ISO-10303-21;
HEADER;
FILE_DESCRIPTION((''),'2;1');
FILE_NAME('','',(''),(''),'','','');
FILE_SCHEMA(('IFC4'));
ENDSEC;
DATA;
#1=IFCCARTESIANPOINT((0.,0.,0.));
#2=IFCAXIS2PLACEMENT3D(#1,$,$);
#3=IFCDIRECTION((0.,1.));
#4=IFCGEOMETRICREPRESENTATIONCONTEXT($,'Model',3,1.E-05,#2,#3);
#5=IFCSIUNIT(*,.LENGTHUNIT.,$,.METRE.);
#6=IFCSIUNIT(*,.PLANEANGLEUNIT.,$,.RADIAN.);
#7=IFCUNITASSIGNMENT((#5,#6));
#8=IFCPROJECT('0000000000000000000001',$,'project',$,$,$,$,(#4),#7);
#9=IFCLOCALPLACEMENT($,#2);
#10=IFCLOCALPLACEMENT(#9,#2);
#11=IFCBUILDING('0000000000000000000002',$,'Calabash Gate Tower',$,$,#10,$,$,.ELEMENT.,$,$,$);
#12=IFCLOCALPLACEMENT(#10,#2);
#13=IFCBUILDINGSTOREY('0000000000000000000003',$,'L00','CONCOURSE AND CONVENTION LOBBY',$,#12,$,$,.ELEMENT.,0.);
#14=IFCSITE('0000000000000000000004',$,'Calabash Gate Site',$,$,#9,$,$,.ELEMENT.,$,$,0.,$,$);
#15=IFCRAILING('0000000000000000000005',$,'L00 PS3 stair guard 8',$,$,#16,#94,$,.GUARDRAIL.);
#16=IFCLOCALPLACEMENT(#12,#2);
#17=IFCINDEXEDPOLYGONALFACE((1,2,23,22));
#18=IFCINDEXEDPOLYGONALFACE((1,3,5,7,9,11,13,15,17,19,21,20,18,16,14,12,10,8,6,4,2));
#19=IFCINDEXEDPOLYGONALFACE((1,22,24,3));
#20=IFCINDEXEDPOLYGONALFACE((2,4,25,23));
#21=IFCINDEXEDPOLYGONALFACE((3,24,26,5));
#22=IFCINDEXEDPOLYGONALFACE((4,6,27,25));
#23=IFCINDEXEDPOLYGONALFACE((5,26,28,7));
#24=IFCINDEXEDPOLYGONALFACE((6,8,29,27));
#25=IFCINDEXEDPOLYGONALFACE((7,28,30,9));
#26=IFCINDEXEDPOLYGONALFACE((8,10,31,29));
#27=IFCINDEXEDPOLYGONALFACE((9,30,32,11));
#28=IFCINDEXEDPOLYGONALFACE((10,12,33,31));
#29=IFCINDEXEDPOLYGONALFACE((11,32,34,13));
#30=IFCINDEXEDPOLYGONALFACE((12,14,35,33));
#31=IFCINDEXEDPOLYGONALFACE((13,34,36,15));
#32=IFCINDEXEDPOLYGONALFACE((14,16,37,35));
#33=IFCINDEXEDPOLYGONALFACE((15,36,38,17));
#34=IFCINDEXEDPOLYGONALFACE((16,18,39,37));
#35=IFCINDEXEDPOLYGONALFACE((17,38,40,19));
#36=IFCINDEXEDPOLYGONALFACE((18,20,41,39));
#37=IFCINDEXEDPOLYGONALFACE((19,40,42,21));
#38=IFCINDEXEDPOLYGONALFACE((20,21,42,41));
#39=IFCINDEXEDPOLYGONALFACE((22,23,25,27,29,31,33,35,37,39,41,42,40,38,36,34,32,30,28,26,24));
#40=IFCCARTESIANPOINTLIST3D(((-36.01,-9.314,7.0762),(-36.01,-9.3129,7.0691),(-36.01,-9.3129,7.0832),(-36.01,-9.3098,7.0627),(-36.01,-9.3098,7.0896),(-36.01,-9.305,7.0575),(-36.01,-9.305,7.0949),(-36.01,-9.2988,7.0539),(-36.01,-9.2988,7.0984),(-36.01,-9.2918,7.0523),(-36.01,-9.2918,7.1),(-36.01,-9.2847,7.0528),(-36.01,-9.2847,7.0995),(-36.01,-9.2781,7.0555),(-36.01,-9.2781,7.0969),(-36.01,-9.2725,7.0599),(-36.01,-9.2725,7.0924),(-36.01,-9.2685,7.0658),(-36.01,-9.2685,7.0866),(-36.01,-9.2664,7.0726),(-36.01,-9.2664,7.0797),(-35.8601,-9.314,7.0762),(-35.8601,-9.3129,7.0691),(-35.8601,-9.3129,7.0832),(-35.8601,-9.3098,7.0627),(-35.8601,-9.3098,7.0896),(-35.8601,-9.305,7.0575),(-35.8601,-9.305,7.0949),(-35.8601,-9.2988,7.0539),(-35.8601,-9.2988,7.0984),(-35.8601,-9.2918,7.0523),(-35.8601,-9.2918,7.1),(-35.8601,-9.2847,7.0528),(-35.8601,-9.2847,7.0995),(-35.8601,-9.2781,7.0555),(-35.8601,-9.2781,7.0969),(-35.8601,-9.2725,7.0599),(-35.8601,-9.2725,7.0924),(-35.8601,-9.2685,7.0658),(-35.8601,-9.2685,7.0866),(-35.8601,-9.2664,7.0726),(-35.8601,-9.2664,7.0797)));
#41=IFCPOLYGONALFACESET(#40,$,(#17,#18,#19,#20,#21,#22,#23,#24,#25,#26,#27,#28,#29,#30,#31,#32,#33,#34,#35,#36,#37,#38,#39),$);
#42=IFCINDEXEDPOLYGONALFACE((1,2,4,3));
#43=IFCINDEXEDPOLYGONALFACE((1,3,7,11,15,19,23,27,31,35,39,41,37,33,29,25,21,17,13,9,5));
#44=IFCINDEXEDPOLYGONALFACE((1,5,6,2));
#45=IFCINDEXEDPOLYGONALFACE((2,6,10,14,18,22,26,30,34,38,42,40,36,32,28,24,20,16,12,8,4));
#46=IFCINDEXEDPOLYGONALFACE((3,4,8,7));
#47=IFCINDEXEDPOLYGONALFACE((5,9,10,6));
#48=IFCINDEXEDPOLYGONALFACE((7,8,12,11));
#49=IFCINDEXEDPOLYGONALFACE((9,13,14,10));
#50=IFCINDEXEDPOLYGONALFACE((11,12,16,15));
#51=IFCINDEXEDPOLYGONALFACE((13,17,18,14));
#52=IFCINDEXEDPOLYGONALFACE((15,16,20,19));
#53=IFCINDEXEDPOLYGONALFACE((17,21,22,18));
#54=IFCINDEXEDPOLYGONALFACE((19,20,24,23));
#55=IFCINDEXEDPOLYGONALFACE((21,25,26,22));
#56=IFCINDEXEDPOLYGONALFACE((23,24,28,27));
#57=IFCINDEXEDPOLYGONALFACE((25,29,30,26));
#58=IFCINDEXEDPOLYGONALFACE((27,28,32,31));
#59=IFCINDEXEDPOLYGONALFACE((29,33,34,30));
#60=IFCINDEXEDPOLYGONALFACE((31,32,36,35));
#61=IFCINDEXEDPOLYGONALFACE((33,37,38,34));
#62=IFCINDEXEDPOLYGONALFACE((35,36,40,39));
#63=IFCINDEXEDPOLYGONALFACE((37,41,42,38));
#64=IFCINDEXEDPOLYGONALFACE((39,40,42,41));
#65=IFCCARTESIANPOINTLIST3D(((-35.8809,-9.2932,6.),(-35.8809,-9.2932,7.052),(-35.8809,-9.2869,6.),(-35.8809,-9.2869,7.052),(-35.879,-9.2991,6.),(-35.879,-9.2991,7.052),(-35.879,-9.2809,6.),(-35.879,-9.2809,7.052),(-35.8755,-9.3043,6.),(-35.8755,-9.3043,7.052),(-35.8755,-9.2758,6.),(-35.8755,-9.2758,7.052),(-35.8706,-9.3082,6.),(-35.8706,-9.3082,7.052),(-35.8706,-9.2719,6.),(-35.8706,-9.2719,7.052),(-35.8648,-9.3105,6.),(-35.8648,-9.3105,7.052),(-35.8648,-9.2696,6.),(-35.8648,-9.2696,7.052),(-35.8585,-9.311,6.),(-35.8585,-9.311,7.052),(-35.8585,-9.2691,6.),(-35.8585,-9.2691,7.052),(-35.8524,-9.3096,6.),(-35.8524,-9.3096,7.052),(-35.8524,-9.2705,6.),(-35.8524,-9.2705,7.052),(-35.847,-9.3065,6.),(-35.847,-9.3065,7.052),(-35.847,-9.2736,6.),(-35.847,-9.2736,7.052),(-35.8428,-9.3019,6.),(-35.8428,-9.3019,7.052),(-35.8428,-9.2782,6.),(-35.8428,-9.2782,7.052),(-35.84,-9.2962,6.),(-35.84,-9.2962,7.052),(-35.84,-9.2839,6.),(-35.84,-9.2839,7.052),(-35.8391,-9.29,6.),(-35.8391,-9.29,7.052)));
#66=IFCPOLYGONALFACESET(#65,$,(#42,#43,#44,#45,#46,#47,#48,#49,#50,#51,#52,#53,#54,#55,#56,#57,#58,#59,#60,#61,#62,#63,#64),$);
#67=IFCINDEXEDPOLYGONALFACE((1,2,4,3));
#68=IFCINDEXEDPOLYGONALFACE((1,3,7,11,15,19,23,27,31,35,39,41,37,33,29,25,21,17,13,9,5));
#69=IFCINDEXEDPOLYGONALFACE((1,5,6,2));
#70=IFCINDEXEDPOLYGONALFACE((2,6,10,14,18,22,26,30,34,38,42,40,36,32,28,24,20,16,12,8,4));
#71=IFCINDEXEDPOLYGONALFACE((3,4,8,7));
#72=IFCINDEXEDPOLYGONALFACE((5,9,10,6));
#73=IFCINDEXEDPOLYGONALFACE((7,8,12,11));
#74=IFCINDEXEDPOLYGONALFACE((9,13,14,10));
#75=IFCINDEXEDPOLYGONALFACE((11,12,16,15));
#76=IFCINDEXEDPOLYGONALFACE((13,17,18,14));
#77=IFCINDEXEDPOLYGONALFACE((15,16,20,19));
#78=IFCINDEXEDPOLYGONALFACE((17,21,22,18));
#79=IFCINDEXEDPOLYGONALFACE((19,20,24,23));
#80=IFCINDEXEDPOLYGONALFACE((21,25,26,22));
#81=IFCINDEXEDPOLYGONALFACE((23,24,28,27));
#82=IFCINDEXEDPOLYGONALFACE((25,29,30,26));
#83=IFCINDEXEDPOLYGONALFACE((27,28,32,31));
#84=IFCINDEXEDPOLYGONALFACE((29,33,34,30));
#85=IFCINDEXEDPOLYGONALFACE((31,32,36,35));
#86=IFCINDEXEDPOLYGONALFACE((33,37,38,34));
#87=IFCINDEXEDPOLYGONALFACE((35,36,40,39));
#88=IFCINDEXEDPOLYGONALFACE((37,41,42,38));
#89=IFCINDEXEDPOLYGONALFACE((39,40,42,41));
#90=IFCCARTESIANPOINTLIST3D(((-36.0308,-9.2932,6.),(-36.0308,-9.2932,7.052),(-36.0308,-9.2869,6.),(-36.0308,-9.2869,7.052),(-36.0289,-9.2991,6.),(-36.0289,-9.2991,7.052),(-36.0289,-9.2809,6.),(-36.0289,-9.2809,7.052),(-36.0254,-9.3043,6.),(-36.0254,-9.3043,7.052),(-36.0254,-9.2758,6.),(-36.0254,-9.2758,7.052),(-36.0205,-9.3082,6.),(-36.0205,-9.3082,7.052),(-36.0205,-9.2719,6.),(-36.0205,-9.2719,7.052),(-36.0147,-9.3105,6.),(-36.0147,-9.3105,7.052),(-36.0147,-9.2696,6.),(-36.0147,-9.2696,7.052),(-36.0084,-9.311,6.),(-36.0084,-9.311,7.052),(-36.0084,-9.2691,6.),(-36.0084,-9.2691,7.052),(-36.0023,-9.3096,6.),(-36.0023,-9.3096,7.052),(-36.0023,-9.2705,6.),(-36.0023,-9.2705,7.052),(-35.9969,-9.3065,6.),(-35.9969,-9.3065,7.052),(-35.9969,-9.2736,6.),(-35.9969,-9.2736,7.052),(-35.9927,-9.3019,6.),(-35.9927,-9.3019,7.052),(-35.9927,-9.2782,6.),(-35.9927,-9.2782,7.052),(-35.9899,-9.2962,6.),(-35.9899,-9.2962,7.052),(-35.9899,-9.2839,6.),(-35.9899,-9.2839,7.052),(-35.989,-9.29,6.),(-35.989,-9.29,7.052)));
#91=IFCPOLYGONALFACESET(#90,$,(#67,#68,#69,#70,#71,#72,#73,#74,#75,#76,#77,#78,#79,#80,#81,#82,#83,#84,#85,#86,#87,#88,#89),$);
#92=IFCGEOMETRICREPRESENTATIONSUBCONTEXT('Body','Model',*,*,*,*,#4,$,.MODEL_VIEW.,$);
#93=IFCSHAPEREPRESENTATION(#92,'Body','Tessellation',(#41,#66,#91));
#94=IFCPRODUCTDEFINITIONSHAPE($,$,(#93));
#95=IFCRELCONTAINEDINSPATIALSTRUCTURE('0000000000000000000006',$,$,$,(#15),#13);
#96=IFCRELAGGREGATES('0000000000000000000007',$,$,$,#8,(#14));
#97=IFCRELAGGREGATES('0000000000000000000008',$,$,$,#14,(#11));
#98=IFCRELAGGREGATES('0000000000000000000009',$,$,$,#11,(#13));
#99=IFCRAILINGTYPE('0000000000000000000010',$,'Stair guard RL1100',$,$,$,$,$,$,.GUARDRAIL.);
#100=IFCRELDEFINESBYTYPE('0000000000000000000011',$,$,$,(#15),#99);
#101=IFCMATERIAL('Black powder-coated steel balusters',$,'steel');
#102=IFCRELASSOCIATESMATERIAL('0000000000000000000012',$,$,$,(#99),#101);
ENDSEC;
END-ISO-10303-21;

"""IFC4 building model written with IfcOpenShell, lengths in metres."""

from ifc_helpers import new_model, si_unit, direction, frame, origin, origin_2d, place, context, subcontext, project, spatial, circle, extrude, material, type_object, element, save


model = new_model("IFC4")

# Units and contexts
model_context = context("Model", 3, precision=1e-05, world=origin(), true_north=direction((0.0, 1.0)))
body_context = subcontext(model_context, "Body", "Model", "MODEL_VIEW")
ifc_project = project(units=[si_unit("LENGTHUNIT", "METRE"), si_unit("PLANEANGLEUNIT", "RADIAN")], contexts=[model_context])

# Site, building, storey
site_placement = place(None, origin())
site = spatial("IfcSite", under=ifc_project, at=site_placement, Name="Calabash Gate Site", CompositionType="ELEMENT", RefElevation=0.0)
building_placement = place(site_placement, origin())
building = spatial("IfcBuilding", under=site, at=building_placement, Name="Calabash Gate Tower", CompositionType="ELEMENT")
storey_placement = place(building_placement, origin())
storey = spatial("IfcBuildingStorey", under=building, at=storey_placement, Name="L00", Description="CONCOURSE AND CONVENTION LOBBY", CompositionType="ELEMENT", Elevation=0.0)

# Railing
ifc_material_1 = material(Name="Black powder-coated steel balusters", Category="steel")
railing_type_1 = type_object("IfcRailingType", Name="Stair guard RL1100", PredefinedType="GUARDRAIL", material=ifc_material_1)
railing_1_placement = place(storey_placement, frame((-35.8601, -9.29, 6.0)))
element("IfcRailing", 1, at=railing_1_placement, inside=storey, type_object=railing_type_1, Name="L00 PS3 stair guard 8", PredefinedType="GUARDRAIL", context=body_context, shape_type="SweptSolid", body=[
    extrude(circle(Radius=0.0239, at=origin_2d()), frame((0.0, 0.0, 1.0762), z_axis=(-1.0, 0.0, 0.0), x_axis=(0.0, -1.0, 0.0)), (0.0, 0.0, 1.0), 0.1499),
    extrude(circle(Radius=0.021, at=origin_2d()), origin(), (0.0, 0.0, 1.0), 1.052),
    extrude(circle(Radius=0.021, at=origin_2d()), frame((-0.1499, 0.0, 0.0)), (0.0, 0.0, 1.0), 1.052),
])

save(model, "model.ifc")
